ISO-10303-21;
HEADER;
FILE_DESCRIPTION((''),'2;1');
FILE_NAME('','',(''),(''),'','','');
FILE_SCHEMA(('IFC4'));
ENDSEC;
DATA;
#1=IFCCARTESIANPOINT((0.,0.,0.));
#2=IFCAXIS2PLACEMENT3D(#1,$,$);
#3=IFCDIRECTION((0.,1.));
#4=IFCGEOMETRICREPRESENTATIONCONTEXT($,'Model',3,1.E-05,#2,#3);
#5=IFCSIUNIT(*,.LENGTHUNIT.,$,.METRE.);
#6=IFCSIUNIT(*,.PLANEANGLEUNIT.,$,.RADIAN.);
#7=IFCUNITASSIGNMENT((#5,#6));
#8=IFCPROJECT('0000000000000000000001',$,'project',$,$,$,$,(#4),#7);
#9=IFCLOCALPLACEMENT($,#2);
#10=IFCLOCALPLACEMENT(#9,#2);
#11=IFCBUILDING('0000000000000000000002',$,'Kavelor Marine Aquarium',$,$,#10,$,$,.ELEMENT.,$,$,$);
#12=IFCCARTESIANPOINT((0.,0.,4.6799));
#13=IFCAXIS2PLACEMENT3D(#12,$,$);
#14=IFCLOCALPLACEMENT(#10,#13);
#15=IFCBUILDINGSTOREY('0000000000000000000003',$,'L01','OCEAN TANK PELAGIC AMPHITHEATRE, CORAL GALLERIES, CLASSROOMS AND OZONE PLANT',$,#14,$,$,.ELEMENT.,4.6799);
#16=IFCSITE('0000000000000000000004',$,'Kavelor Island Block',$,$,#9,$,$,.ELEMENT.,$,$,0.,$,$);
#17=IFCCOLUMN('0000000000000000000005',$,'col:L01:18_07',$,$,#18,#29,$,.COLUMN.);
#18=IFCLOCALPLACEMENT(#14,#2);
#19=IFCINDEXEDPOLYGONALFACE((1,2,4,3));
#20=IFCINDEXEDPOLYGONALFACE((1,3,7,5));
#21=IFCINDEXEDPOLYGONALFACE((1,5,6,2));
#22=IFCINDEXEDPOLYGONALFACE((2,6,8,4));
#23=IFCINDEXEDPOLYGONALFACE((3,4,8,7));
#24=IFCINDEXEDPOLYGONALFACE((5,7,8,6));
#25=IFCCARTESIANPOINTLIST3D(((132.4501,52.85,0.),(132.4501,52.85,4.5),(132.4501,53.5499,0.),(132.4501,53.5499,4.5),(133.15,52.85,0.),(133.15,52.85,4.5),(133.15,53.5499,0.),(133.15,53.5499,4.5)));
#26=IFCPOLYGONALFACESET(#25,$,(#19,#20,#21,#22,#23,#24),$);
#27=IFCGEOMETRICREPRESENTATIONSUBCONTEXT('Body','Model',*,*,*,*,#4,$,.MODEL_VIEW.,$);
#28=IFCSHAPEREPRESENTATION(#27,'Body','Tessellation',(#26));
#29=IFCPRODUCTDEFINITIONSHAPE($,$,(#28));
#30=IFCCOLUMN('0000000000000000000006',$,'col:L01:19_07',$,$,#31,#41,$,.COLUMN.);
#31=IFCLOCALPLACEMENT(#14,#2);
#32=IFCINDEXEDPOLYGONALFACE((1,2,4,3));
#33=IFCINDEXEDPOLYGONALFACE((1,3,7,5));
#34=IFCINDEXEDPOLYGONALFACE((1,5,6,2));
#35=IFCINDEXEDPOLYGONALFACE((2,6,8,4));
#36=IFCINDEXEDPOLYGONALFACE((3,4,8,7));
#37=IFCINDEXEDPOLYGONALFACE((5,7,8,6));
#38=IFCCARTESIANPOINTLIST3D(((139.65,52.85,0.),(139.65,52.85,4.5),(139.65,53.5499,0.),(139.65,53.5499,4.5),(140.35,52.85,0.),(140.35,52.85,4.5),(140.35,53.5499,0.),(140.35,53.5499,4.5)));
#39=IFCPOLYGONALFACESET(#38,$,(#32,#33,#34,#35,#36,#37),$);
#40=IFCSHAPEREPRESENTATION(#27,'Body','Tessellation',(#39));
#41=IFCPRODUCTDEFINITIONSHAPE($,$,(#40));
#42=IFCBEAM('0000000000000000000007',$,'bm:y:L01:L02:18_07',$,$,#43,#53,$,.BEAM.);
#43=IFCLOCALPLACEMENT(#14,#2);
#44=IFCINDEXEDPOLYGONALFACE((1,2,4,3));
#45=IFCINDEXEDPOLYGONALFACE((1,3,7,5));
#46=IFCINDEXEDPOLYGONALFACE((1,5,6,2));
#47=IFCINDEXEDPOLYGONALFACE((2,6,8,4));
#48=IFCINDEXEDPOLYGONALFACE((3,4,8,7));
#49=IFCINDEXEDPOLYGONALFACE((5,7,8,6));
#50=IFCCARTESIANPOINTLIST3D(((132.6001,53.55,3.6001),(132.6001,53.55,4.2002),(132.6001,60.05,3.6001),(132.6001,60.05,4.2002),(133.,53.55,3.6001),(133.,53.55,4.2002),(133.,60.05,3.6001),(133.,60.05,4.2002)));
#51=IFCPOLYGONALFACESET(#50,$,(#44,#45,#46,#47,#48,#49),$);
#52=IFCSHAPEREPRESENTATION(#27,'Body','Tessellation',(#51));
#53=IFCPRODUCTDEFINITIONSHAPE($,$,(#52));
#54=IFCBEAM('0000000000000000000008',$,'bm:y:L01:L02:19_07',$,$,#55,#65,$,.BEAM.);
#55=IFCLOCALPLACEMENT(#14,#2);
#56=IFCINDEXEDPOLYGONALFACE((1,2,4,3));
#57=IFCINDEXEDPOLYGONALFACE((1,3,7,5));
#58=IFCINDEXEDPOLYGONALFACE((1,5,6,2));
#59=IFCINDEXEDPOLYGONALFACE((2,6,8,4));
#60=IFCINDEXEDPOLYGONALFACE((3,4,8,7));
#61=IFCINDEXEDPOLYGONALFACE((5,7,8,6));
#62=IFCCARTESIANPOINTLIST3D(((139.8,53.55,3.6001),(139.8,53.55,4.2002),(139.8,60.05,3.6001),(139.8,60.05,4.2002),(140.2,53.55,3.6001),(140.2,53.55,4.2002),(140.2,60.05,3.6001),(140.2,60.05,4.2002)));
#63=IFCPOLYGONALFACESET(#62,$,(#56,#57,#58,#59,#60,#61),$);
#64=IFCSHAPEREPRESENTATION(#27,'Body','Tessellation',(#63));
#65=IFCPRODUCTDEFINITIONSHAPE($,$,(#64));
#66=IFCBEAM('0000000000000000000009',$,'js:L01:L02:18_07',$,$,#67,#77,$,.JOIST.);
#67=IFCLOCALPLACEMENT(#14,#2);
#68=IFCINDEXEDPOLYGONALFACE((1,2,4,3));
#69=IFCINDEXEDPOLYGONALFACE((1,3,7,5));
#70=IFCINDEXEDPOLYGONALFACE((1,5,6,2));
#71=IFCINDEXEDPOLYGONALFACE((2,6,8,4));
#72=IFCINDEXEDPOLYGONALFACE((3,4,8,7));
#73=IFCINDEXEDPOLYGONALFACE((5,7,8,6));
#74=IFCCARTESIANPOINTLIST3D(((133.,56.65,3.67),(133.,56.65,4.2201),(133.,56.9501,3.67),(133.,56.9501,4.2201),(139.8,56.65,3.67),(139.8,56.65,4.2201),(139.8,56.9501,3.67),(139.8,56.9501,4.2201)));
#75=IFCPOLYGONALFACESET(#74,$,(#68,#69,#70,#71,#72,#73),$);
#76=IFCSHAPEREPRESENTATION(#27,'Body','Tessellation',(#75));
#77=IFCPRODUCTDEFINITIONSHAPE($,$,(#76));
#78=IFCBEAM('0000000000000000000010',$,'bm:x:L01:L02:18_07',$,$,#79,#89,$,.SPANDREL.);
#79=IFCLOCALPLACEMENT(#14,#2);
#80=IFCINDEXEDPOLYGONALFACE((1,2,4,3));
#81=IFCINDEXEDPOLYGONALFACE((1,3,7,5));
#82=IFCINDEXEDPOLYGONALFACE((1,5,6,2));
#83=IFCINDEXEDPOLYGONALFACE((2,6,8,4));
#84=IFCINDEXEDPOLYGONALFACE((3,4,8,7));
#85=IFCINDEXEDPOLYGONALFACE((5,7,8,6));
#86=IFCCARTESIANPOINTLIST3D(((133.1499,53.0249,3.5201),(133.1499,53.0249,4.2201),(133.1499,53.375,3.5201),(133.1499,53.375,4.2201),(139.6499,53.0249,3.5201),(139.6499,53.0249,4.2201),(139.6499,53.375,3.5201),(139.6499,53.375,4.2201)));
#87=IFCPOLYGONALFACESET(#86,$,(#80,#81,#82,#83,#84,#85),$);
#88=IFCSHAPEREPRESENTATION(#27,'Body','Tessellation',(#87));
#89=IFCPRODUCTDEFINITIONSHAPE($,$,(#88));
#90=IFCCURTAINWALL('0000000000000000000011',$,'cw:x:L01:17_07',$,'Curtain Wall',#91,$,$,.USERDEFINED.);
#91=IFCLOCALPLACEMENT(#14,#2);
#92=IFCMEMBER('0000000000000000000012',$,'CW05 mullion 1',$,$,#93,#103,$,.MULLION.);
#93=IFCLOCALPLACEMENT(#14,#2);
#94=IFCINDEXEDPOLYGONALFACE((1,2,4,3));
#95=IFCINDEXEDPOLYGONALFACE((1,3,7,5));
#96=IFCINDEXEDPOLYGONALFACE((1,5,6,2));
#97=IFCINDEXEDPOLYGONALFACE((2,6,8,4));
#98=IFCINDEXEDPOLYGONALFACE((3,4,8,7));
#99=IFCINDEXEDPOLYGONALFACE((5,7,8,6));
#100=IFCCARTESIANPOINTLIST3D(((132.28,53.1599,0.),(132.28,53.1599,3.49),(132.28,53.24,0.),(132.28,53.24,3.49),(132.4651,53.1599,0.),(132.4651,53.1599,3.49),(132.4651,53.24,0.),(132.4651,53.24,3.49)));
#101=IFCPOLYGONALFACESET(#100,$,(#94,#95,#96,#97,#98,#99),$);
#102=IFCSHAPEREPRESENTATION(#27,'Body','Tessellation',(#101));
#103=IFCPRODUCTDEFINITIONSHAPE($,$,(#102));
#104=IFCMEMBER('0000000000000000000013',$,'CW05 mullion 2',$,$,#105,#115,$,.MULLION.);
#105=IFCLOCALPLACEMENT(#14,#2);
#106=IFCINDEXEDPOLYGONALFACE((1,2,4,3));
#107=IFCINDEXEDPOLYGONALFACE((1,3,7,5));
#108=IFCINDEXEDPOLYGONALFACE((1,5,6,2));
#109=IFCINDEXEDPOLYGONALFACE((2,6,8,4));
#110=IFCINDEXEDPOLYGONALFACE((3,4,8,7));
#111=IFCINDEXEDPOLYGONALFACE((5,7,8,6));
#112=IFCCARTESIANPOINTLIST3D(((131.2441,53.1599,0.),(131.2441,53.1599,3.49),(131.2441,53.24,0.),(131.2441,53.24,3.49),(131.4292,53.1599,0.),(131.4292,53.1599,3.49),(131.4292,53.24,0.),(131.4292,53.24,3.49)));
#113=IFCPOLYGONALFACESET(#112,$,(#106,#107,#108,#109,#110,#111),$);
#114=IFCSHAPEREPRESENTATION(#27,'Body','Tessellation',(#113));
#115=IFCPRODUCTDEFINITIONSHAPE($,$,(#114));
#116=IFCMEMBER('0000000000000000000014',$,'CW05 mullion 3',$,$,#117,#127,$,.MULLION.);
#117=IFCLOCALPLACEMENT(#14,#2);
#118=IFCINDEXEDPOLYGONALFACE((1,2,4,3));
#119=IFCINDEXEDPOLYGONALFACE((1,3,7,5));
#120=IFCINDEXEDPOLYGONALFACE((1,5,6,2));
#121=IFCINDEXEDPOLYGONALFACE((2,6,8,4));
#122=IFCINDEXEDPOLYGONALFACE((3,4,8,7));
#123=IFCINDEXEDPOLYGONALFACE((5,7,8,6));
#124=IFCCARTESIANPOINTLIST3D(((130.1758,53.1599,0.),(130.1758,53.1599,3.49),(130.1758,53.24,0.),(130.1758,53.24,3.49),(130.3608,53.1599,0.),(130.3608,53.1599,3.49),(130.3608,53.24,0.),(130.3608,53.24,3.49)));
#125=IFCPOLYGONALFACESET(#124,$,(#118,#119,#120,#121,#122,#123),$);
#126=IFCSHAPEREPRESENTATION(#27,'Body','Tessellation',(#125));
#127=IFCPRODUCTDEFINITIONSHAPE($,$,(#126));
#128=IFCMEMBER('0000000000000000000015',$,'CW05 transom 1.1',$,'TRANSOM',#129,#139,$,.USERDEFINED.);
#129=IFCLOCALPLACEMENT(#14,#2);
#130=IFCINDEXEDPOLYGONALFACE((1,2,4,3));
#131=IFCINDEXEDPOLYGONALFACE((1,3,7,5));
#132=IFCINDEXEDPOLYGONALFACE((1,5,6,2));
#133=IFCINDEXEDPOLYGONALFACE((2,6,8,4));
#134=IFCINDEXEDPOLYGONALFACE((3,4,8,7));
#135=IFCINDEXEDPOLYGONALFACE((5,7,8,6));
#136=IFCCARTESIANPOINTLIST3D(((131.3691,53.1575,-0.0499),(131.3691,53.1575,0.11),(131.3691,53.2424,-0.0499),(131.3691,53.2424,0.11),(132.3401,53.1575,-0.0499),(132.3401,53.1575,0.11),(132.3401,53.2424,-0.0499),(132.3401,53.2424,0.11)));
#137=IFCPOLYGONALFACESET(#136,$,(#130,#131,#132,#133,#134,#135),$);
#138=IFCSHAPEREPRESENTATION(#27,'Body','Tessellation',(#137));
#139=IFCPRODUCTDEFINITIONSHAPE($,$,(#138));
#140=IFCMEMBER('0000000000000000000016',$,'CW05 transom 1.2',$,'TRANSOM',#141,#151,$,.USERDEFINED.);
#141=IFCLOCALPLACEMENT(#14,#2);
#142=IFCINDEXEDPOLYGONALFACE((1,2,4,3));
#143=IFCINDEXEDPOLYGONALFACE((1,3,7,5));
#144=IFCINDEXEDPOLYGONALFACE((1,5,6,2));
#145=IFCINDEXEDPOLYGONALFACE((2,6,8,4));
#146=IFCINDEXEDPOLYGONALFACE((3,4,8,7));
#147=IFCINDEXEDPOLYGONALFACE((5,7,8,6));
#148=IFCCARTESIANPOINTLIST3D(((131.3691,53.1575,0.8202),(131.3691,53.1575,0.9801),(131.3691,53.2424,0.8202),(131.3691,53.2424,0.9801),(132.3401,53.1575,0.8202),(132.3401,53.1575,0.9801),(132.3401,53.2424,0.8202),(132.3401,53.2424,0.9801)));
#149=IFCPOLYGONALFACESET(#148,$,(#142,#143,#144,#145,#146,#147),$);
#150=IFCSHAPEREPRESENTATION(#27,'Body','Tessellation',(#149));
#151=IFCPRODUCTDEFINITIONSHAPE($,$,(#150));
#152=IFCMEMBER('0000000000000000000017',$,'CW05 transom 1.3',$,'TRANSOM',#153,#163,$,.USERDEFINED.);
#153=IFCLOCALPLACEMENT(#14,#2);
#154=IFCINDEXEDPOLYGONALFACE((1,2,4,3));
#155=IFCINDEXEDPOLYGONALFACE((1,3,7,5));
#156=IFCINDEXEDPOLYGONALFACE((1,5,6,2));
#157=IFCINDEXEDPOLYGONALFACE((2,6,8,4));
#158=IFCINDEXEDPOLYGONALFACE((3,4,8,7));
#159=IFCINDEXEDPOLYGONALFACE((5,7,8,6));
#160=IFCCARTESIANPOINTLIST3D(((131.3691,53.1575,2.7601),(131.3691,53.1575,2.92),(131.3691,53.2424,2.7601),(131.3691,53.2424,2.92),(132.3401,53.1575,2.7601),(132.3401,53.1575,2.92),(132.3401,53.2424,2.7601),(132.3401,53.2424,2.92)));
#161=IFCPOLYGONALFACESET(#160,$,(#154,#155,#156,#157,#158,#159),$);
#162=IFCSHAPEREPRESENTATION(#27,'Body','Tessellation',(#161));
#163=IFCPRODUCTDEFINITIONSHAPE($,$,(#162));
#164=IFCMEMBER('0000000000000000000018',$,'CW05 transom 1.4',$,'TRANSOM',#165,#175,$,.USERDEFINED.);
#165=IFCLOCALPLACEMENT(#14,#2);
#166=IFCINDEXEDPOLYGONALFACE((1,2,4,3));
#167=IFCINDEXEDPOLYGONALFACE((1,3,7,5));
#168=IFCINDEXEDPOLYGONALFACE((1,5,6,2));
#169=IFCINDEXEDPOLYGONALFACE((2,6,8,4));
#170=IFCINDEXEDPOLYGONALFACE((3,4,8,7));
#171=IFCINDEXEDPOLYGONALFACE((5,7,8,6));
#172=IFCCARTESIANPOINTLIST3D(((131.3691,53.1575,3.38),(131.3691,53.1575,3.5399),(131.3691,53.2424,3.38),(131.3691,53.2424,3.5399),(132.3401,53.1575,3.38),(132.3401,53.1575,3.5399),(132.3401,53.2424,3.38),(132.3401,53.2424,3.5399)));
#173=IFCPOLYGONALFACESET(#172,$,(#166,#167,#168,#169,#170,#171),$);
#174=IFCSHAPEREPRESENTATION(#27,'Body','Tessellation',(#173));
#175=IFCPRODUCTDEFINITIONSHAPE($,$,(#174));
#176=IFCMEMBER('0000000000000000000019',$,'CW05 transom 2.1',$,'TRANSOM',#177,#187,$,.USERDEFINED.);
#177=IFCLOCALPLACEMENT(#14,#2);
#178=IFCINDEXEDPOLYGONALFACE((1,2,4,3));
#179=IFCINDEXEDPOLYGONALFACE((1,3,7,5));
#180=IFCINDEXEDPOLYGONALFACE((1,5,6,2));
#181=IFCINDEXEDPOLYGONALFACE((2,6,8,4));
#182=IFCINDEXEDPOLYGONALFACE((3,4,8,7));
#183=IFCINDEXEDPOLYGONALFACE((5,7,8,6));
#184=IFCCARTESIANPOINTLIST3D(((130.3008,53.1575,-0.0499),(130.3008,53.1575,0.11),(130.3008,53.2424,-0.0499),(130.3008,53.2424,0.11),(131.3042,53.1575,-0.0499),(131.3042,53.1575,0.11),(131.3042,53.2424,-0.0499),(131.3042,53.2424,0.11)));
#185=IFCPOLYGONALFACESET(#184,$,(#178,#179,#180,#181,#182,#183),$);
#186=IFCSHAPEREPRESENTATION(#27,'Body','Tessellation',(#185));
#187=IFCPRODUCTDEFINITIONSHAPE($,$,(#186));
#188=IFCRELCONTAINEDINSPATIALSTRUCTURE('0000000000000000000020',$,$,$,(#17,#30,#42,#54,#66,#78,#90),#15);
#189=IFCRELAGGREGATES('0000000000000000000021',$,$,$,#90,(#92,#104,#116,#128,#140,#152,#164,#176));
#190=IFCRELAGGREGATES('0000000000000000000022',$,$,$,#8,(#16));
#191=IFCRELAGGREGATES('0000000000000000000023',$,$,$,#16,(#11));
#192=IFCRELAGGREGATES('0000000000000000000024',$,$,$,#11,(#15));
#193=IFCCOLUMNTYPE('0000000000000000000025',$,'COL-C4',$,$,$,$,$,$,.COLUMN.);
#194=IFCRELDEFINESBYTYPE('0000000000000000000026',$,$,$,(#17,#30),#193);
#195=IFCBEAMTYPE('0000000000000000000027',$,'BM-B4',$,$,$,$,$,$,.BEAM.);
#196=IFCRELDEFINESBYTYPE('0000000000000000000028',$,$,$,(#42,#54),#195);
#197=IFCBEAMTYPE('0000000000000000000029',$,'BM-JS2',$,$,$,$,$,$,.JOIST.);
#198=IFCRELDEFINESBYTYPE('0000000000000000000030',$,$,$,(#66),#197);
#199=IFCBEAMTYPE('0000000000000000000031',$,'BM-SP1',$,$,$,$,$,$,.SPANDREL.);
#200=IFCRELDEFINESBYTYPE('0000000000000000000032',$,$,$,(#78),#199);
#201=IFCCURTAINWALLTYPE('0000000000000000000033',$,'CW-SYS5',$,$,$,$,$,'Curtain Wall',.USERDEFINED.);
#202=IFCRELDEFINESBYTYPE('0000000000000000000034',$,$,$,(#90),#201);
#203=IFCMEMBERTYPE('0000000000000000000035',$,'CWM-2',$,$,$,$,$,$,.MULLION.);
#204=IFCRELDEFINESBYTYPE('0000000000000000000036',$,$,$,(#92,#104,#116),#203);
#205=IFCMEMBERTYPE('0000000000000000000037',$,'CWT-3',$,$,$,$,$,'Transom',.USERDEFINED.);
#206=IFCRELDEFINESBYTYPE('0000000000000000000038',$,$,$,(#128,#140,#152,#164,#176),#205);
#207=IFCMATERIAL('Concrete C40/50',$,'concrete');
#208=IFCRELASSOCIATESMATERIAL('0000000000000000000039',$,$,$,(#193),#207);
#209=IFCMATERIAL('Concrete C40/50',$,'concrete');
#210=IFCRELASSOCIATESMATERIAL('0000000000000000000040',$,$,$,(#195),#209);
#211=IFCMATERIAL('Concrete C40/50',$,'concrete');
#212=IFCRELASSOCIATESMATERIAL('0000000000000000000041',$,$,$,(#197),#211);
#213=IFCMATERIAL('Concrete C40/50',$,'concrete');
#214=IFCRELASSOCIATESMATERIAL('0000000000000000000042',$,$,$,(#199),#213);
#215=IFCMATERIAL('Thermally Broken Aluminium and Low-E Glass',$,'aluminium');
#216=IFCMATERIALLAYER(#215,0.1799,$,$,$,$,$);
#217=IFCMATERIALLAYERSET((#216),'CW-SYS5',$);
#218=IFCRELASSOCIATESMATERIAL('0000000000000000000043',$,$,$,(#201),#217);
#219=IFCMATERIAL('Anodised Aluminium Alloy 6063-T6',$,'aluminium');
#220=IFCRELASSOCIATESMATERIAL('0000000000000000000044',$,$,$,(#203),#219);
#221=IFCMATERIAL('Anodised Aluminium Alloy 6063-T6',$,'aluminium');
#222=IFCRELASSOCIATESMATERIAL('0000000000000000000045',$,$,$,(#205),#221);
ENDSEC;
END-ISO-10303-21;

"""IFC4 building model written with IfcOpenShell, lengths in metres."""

from ifc_helpers import new_model, si_unit, direction, frame, origin, origin_2d, place, context, subcontext, project, spatial, rectangle, extrude, material, layer, layer_set, material_profile, profile_set, type_object, element, aggregate, save


model = new_model("IFC4")

# Units and contexts
model_context = context("Model", 3, precision=1e-05, world=origin(), true_north=direction((0.0, 1.0)))
body_context = subcontext(model_context, "Body", "Model", "MODEL_VIEW")
ifc_project = project(units=[si_unit("LENGTHUNIT", "METRE"), si_unit("PLANEANGLEUNIT", "RADIAN")], contexts=[model_context])

# Site, building, storey
site_placement = place(None, origin())
site = spatial("IfcSite", under=ifc_project, at=site_placement, Name="Kavelor Island Block", CompositionType="ELEMENT", RefElevation=0.0)
building_placement = place(site_placement, origin())
building = spatial("IfcBuilding", under=site, at=building_placement, Name="Kavelor Marine Aquarium", CompositionType="ELEMENT")
storey_placement = place(building_placement, frame((0.0, 0.0, 4.6799)))
storey = spatial("IfcBuildingStorey", under=building, at=storey_placement, Name="L01", Description="OCEAN TANK PELAGIC AMPHITHEATRE, CORAL GALLERIES, CLASSROOMS AND OZONE PLANT", CompositionType="ELEMENT", Elevation=4.6799)

# Columns
ifc_material_1 = material(Name="Concrete C40/50", Category="concrete")
ifc_material_profile_1 = material_profile(ifc_material_1, rectangle(XDim=0.7, YDim=0.7, at=origin_2d()), Name="RC-COL 700x700")
ifc_profile_set_1 = profile_set([ifc_material_profile_1], Name="Concrete C40/50")
column_type = type_object("IfcColumnType", Name="COL-C4", PredefinedType="COLUMN", material=ifc_profile_set_1)
for number, where, z_axis, x_axis, name in (
    (1, (132.8, 53.2, 0.0), (0.0, 0.0, 1.0), (1.0, 0.0, 0.0), "col:L01:18_07"),
    (2, (140.0, 53.2, 0.0), (0.0, 0.0, 1.0), (1.0, 0.0, 0.0), "col:L01:19_07"),
):
    element("IfcColumn", number, at=place(storey_placement, frame(where, z_axis=z_axis, x_axis=x_axis)), inside=storey, type_object=column_type, Name=name, PredefinedType="COLUMN", context=body_context, shape_type="SweptSolid", body=[
        extrude(rectangle(XDim=0.7, YDim=0.7, at=origin_2d()), origin(), (0.0, 0.0, 1.0), 4.5),
    ])

# Beams
ifc_material_2 = material(Name="Concrete C40/50", Category="concrete")
ifc_material_profile_2 = material_profile(ifc_material_2, rectangle(XDim=0.3999, YDim=0.6001, at=origin_2d()), Name="RC-BM 400x600")
ifc_profile_set_2 = profile_set([ifc_material_profile_2], Name="Concrete C40/50")
beam_type_1 = type_object("IfcBeamType", Name="BM-B4", PredefinedType="BEAM", material=ifc_profile_set_2)
for number, where, z_axis, x_axis, name in (
    (3, (132.8, 53.55, 3.9001), (0.0, 1.0, 0.0), (-1.0, 0.0, 0.0), "bm:y:L01:L02:18_07"),
    (4, (140.0, 53.55, 3.9001), (0.0, 1.0, 0.0), (-1.0, 0.0, 0.0), "bm:y:L01:L02:19_07"),
):
    element("IfcBeam", number, at=place(storey_placement, frame(where, z_axis=z_axis, x_axis=x_axis)), inside=storey, type_object=beam_type_1, Name=name, PredefinedType="BEAM", context=body_context, shape_type="SweptSolid", body=[
        extrude(rectangle(XDim=0.3999, YDim=0.6001, at=origin_2d()), origin(), (0.0, 0.0, 1.0), 6.5),
    ])
ifc_material_3 = material(Name="Concrete C40/50", Category="concrete")
ifc_material_profile_3 = material_profile(ifc_material_3, rectangle(XDim=0.3, YDim=0.55, at=origin_2d()), Name="RC-JS 300x550")
ifc_profile_set_3 = profile_set([ifc_material_profile_3], Name="Concrete C40/50")
beam_type_2 = type_object("IfcBeamType", Name="BM-JS2", PredefinedType="JOIST", material=ifc_profile_set_3)
beam_1_placement = place(storey_placement, frame((133.0, 56.8, 3.9451), z_axis=(1.0, 0.0, 0.0), x_axis=(0.0, 1.0, 0.0)))
element("IfcBeam", 5, at=beam_1_placement, inside=storey, type_object=beam_type_2, Name="js:L01:L02:18_07", PredefinedType="JOIST", context=body_context, shape_type="SweptSolid", body=[
    extrude(rectangle(XDim=0.3, YDim=0.55, at=origin_2d()), origin(), (0.0, 0.0, 1.0), 6.8),
])
ifc_material_4 = material(Name="Concrete C40/50", Category="concrete")
ifc_material_profile_4 = material_profile(ifc_material_4, rectangle(XDim=0.3501, YDim=0.7, at=origin_2d()), Name="RC-SP 350x700")
ifc_profile_set_4 = profile_set([ifc_material_profile_4], Name="Concrete C40/50")
beam_type_3 = type_object("IfcBeamType", Name="BM-SP1", PredefinedType="SPANDREL", material=ifc_profile_set_4)
beam_2_placement = place(storey_placement, frame((133.1499, 53.2, 3.8701), z_axis=(1.0, 0.0, 0.0), x_axis=(0.0, 1.0, 0.0)))
element("IfcBeam", 6, at=beam_2_placement, inside=storey, type_object=beam_type_3, Name="bm:x:L01:L02:18_07", PredefinedType="SPANDREL", context=body_context, shape_type="SweptSolid", body=[
    extrude(rectangle(XDim=0.3501, YDim=0.7, at=origin_2d()), origin(), (0.0, 0.0, 1.0), 6.5),
])

# Curtain wall, members
ifc_material_5 = material(Name="Thermally Broken Aluminium and Low-E Glass", Category="aluminium")
ifc_layer_1 = layer(ifc_material_5, 0.1799)
ifc_layer_set_1 = layer_set([ifc_layer_1], Name="CW-SYS5")
curtain_wall_type = type_object("IfcCurtainWallType", Name="CW-SYS5", ElementType="Curtain Wall", PredefinedType="USERDEFINED", material=ifc_layer_set_1)
curtain_wall_placement = place(storey_placement, origin())
curtain_wall = element("IfcCurtainWall", 7, at=curtain_wall_placement, inside=storey, type_object=curtain_wall_type, Name="cw:x:L01:17_07", ObjectType="Curtain Wall", PredefinedType="USERDEFINED")
ifc_material_6 = material(Name="Anodised Aluminium Alloy 6063-T6", Category="aluminium")
ifc_material_profile_5 = material_profile(ifc_material_6, rectangle(XDim=0.0801, YDim=0.1851, at=origin_2d()), Name="CW-MUL 80x185")
ifc_profile_set_5 = profile_set([ifc_material_profile_5], Name="Anodised Aluminium Alloy 6063-T6")
member_type_1 = type_object("IfcMemberType", Name="CWM-2", PredefinedType="MULLION", material=ifc_profile_set_5)
member_1_placement = place(storey_placement, frame((132.3726, 53.2, 0.0), z_axis=(0.0, 0.0, 1.0), x_axis=(0.0, -1.0, 0.0)))
member_1 = element("IfcMember", 8, at=member_1_placement, type_object=member_type_1, Name="CW05 mullion 1", PredefinedType="MULLION", context=body_context, shape_type="SweptSolid", body=[
    extrude(rectangle(XDim=0.0801, YDim=0.1851, at=origin_2d()), origin(), (0.0, 0.0, 1.0), 3.49),
])
member_2_placement = place(storey_placement, frame((131.3367, 53.2, 0.0), z_axis=(0.0, 0.0, 1.0), x_axis=(0.0, -1.0, 0.0)))
member_2 = element("IfcMember", 9, at=member_2_placement, type_object=member_type_1, Name="CW05 mullion 2", PredefinedType="MULLION", context=body_context, shape_type="SweptSolid", body=[
    extrude(rectangle(XDim=0.0801, YDim=0.1851, at=origin_2d()), origin(), (0.0, 0.0, 1.0), 3.49),
])
member_3_placement = place(storey_placement, frame((130.2683, 53.2, 0.0), z_axis=(0.0, 0.0, 1.0), x_axis=(0.0, -1.0, 0.0)))
member_3 = element("IfcMember", 10, at=member_3_placement, type_object=member_type_1, Name="CW05 mullion 3", PredefinedType="MULLION", context=body_context, shape_type="SweptSolid", body=[
    extrude(rectangle(XDim=0.0801, YDim=0.1851, at=origin_2d()), origin(), (0.0, 0.0, 1.0), 3.49),
])
ifc_material_7 = material(Name="Anodised Aluminium Alloy 6063-T6", Category="aluminium")
ifc_material_profile_6 = material_profile(ifc_material_7, rectangle(XDim=0.085, YDim=0.1599, at=origin_2d()), Name="CW-TRN 85x160")
ifc_profile_set_6 = profile_set([ifc_material_profile_6], Name="Anodised Aluminium Alloy 6063-T6")
member_type_2 = type_object("IfcMemberType", Name="CWT-3", ElementType="Transom", PredefinedType="USERDEFINED", material=ifc_profile_set_6)
member_4_placement = place(storey_placement, frame((132.3401, 53.2, 0.03), z_axis=(-1.0, 0.0, 0.0), x_axis=(0.0, -1.0, 0.0)))
member_4 = element("IfcMember", 11, at=member_4_placement, type_object=member_type_2, Name="CW05 transom 1.1", ObjectType="TRANSOM", PredefinedType="USERDEFINED", context=body_context, shape_type="SweptSolid", body=[
    extrude(rectangle(XDim=0.085, YDim=0.1599, at=origin_2d()), origin(), (0.0, 0.0, 1.0), 0.9709),
])
member_5_placement = place(storey_placement, frame((132.3401, 53.2, 0.9001), z_axis=(-1.0, 0.0, 0.0), x_axis=(0.0, -1.0, 0.0)))
member_5 = element("IfcMember", 12, at=member_5_placement, type_object=member_type_2, Name="CW05 transom 1.2", ObjectType="TRANSOM", PredefinedType="USERDEFINED", context=body_context, shape_type="SweptSolid", body=[
    extrude(rectangle(XDim=0.085, YDim=0.1599, at=origin_2d()), origin(), (0.0, 0.0, 1.0), 0.9709),
])
member_6_placement = place(storey_placement, frame((132.3401, 53.2, 2.8401), z_axis=(-1.0, 0.0, 0.0), x_axis=(0.0, -1.0, 0.0)))
member_6 = element("IfcMember", 13, at=member_6_placement, type_object=member_type_2, Name="CW05 transom 1.3", ObjectType="TRANSOM", PredefinedType="USERDEFINED", context=body_context, shape_type="SweptSolid", body=[
    extrude(rectangle(XDim=0.085, YDim=0.1599, at=origin_2d()), origin(), (0.0, 0.0, 1.0), 0.9709),
])
member_7_placement = place(storey_placement, frame((132.3401, 53.2, 3.46), z_axis=(-1.0, 0.0, 0.0), x_axis=(0.0, -1.0, 0.0)))
member_7 = element("IfcMember", 14, at=member_7_placement, type_object=member_type_2, Name="CW05 transom 1.4", ObjectType="TRANSOM", PredefinedType="USERDEFINED", context=body_context, shape_type="SweptSolid", body=[
    extrude(rectangle(XDim=0.085, YDim=0.1599, at=origin_2d()), origin(), (0.0, 0.0, 1.0), 0.9709),
])
member_8_placement = place(storey_placement, frame((131.3042, 53.2, 0.03), z_axis=(-1.0, 0.0, 0.0), x_axis=(0.0, -1.0, 0.0)))
member_8 = element("IfcMember", 15, at=member_8_placement, type_object=member_type_2, Name="CW05 transom 2.1", ObjectType="TRANSOM", PredefinedType="USERDEFINED", context=body_context, shape_type="SweptSolid", body=[
    extrude(rectangle(XDim=0.085, YDim=0.1599, at=origin_2d()), origin(), (0.0, 0.0, 1.0), 1.0034),
])
aggregate(curtain_wall, [member_1, member_2, member_3, member_4, member_5, member_6, member_7, member_8])

save(model, "model.ifc")
